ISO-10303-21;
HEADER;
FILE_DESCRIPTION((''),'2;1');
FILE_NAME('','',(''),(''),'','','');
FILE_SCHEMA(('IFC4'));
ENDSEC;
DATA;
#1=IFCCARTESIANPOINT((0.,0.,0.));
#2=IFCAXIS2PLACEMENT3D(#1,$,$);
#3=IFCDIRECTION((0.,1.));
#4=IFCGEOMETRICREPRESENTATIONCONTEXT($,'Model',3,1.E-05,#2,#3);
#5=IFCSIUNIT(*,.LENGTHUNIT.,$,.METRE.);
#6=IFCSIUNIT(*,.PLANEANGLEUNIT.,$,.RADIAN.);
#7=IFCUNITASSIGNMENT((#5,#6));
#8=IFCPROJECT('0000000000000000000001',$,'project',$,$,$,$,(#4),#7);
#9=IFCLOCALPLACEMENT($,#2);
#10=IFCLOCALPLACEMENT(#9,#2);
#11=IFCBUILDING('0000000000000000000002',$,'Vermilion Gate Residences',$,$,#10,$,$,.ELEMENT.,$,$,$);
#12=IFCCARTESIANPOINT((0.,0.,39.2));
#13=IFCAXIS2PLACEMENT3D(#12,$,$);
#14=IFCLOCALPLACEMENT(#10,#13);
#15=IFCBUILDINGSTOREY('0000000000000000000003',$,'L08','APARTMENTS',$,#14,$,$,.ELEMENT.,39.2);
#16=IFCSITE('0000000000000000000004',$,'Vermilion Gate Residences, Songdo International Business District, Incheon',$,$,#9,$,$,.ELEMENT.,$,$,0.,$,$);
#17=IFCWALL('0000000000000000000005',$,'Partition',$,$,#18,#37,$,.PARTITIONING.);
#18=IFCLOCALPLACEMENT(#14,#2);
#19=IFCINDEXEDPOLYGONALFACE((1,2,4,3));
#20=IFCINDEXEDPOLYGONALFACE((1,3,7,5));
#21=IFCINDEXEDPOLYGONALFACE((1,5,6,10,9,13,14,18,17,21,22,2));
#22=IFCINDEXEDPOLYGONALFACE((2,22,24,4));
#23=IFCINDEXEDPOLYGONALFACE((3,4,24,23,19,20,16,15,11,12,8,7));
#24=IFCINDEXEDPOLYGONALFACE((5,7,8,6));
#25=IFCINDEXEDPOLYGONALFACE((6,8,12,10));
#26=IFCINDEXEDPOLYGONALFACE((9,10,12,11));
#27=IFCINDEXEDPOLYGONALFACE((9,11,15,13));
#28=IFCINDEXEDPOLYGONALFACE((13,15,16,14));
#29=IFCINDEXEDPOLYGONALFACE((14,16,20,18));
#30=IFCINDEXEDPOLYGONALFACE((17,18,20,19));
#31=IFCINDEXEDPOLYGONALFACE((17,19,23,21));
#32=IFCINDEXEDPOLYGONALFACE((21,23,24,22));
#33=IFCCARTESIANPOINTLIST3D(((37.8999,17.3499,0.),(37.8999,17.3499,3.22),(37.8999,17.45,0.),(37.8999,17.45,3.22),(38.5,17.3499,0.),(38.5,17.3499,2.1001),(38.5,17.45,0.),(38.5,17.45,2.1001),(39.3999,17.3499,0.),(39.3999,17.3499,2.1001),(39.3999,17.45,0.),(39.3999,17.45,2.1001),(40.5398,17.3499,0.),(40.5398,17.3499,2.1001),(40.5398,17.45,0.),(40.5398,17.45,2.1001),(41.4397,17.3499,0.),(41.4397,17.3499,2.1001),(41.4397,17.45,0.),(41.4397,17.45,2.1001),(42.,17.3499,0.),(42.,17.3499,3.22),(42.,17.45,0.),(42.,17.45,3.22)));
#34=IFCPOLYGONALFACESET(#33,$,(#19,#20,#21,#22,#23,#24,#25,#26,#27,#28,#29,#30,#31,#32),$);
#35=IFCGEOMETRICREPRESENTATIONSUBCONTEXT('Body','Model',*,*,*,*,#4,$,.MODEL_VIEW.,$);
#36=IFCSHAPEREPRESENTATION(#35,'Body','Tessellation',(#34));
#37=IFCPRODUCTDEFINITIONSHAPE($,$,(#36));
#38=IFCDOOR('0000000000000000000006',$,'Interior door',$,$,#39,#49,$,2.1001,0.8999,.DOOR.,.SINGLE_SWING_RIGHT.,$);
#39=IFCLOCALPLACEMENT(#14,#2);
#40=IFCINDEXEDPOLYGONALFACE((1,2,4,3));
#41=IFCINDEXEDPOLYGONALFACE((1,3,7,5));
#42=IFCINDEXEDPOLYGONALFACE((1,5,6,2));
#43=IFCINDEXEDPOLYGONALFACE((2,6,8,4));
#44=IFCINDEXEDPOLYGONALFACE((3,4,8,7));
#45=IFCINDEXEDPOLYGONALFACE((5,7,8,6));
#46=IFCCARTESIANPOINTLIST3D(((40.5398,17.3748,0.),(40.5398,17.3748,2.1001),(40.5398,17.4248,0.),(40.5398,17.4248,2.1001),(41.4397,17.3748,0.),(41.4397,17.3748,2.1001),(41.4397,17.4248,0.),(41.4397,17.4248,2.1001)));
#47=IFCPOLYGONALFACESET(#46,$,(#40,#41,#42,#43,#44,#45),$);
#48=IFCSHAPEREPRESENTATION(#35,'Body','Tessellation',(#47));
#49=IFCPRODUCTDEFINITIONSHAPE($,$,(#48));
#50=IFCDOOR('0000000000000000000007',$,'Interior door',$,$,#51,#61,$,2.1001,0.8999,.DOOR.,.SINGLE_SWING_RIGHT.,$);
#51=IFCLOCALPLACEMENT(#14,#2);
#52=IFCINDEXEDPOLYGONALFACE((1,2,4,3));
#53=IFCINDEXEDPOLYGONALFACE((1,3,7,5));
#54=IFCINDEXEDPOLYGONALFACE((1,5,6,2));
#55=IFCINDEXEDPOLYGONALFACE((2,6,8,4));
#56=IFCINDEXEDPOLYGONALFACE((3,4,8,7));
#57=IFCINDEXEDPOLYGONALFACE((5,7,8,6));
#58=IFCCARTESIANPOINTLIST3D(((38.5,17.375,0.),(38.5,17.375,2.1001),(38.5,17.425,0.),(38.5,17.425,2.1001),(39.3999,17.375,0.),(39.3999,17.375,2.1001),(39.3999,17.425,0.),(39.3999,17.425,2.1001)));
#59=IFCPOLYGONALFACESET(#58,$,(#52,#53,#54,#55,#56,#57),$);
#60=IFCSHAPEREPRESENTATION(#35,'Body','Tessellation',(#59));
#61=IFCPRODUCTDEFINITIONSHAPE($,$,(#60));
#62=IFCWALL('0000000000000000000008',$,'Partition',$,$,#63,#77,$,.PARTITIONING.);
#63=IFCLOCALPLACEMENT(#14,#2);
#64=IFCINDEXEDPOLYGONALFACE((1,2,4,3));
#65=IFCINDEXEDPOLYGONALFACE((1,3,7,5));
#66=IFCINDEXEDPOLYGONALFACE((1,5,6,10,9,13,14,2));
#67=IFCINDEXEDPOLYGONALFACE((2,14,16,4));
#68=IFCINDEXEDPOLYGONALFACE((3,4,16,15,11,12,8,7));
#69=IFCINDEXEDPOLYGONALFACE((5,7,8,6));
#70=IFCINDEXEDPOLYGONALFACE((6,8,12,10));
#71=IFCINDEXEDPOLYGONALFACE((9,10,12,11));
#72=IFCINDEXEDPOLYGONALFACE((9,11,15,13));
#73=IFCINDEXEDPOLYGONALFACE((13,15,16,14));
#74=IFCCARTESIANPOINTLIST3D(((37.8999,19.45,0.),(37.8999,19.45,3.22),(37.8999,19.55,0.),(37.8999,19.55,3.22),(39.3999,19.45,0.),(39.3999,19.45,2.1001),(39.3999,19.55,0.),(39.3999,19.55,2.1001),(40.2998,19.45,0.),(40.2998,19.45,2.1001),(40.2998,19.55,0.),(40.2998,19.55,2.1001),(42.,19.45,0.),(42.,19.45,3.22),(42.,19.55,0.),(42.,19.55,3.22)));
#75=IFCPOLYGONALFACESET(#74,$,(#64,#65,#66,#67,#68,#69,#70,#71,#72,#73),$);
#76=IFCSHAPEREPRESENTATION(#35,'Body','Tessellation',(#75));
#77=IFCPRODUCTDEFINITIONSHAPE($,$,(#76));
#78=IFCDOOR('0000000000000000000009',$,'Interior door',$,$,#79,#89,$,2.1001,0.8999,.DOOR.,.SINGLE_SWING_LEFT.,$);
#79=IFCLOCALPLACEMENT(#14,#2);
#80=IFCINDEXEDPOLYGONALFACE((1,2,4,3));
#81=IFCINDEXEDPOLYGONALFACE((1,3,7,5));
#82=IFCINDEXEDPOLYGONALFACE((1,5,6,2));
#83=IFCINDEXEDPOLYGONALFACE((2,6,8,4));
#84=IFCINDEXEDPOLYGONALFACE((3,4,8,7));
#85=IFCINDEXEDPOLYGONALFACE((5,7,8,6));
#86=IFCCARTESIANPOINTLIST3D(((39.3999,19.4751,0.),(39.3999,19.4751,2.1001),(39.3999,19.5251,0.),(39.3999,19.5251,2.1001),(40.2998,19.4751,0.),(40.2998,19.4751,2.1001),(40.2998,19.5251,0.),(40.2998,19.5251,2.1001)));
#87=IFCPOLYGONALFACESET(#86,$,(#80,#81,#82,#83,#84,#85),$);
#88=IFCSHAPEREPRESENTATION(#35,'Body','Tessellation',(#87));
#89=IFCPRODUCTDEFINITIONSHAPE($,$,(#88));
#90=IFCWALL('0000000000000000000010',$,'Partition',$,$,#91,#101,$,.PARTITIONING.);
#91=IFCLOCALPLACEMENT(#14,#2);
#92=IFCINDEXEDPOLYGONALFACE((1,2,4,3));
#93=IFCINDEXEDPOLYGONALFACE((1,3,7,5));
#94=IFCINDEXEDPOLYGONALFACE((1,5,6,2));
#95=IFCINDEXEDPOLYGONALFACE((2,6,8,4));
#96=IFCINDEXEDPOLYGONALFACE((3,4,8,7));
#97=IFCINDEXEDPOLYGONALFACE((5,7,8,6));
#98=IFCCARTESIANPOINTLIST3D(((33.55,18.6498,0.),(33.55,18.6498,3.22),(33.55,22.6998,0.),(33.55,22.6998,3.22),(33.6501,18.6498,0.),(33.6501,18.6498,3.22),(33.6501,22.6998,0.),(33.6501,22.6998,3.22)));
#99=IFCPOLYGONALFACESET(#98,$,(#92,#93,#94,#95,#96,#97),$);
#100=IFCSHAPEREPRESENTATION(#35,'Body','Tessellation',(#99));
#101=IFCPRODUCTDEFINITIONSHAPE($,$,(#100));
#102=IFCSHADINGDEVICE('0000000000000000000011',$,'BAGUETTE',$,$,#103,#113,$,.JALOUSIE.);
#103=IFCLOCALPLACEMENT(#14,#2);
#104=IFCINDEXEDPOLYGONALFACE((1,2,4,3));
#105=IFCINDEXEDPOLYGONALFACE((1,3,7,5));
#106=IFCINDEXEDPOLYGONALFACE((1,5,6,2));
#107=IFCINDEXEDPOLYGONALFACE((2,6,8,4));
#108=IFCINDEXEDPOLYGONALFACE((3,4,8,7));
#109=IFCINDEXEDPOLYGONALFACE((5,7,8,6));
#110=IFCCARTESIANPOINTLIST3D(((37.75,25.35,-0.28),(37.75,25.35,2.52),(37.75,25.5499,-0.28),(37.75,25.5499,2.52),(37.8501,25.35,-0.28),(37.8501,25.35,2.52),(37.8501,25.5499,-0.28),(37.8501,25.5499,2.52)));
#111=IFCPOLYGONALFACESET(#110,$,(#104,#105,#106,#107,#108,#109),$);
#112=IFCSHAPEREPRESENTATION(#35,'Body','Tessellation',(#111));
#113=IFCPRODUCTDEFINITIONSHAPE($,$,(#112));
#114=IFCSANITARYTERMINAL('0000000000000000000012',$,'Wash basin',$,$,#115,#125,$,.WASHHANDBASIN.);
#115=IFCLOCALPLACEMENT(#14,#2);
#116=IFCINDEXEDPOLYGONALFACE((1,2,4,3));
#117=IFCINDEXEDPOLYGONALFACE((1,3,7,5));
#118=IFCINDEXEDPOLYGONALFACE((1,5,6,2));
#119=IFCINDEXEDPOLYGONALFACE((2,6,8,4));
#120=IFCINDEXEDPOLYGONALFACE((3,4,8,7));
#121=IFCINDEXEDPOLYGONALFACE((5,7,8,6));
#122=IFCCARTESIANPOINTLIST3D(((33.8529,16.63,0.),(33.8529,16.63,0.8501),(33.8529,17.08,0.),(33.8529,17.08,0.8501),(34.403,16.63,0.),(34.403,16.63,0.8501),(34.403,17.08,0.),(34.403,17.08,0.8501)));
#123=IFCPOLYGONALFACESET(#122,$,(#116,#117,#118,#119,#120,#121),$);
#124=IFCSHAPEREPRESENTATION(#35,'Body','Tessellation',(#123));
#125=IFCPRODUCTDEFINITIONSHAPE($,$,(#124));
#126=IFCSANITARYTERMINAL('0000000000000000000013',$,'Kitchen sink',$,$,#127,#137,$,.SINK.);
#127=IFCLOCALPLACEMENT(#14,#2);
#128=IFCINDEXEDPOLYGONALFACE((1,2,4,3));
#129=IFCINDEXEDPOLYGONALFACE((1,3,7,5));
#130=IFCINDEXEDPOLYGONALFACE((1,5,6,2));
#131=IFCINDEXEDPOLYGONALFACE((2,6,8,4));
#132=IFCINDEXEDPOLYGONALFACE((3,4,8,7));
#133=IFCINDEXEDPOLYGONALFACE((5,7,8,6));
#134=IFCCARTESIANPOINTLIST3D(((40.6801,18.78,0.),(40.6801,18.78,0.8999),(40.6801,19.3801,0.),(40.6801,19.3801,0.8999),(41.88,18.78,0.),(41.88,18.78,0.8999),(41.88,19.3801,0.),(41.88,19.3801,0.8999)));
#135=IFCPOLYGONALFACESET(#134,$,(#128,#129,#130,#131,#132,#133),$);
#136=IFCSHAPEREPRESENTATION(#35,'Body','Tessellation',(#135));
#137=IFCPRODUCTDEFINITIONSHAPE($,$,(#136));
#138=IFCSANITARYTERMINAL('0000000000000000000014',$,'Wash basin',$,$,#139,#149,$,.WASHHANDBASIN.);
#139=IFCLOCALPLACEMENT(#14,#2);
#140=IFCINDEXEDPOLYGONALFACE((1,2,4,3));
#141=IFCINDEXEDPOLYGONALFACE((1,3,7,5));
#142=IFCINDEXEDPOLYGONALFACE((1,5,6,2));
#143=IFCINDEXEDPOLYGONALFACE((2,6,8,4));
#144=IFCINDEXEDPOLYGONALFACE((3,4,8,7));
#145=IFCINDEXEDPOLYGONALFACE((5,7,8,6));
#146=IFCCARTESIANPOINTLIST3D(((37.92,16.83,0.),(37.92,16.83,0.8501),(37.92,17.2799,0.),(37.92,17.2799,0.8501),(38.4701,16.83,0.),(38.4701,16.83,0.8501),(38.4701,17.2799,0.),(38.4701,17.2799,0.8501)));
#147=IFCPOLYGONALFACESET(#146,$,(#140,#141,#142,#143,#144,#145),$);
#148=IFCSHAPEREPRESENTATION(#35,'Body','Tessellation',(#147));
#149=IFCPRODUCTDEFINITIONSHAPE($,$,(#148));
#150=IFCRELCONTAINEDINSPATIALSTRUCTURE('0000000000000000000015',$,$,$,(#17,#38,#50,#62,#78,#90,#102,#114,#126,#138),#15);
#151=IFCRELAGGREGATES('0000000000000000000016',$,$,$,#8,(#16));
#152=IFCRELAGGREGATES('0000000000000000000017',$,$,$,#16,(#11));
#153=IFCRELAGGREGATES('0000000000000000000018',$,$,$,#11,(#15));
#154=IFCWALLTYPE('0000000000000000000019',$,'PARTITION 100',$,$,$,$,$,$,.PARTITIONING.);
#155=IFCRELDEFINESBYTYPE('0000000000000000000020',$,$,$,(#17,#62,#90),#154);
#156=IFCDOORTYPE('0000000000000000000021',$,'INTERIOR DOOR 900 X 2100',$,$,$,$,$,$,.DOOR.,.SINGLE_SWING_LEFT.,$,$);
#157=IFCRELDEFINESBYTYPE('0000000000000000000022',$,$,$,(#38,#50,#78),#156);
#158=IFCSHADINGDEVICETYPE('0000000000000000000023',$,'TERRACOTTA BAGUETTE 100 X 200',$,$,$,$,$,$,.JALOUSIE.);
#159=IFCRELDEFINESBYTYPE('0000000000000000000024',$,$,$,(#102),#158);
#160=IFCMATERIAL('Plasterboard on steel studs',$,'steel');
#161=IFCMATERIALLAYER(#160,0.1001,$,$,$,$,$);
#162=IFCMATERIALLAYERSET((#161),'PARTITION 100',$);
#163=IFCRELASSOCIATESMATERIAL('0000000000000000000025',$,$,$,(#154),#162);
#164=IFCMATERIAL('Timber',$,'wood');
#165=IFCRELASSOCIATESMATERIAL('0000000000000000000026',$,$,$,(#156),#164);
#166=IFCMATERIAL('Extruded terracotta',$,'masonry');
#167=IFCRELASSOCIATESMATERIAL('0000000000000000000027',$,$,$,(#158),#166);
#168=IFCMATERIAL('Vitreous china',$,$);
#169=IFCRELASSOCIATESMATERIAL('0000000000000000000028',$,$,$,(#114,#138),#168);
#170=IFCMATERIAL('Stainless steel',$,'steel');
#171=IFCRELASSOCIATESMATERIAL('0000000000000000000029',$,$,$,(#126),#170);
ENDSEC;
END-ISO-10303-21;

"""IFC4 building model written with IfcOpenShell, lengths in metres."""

from ifc_helpers import new_model, si_unit, direction, frame, frame_2d, origin, origin_2d, place, context, subcontext, project, spatial, rectangle, extrude, material, layer, layer_set, material_profile, profile_set, type_object, element, fill, save


model = new_model("IFC4")

# Units and contexts
model_context = context("Model", 3, precision=1e-05, world=origin(), true_north=direction((0.0, 1.0)))
body_context = subcontext(model_context, "Body", "Model", "MODEL_VIEW")
ifc_project = project(units=[si_unit("LENGTHUNIT", "METRE"), si_unit("PLANEANGLEUNIT", "RADIAN")], contexts=[model_context])

# Site, building, storey
site_placement = place(None, origin())
site = spatial("IfcSite", under=ifc_project, at=site_placement, Name="Vermilion Gate Residences, Songdo International Business District, Incheon", CompositionType="ELEMENT", RefElevation=0.0)
building_placement = place(site_placement, origin())
building = spatial("IfcBuilding", under=site, at=building_placement, Name="Vermilion Gate Residences", CompositionType="ELEMENT")
storey_placement = place(building_placement, frame((0.0, 0.0, 39.2)))
storey = spatial("IfcBuildingStorey", under=building, at=storey_placement, Name="L08", Description="APARTMENTS", CompositionType="ELEMENT", Elevation=39.2)

# Wall, openings, doors
ifc_material_1 = material(Name="Plasterboard on steel studs", Category="steel")
ifc_layer_1 = layer(ifc_material_1, 0.1001)
ifc_layer_set_1 = layer_set([ifc_layer_1], Name="PARTITION 100")
wall_type_1 = type_object("IfcWallType", Name="PARTITION 100", PredefinedType="PARTITIONING", material=ifc_layer_set_1)
wall_1_placement = place(storey_placement, frame((37.8999, 17.3999, 0.0), z_axis=(0.0, 0.0, 1.0), x_axis=(1.0, 0.0, 0.0)))
wall_1 = element("IfcWall", 1, at=wall_1_placement, inside=storey, type_object=wall_type_1, Name="Partition", PredefinedType="PARTITIONING", context=body_context, shape_type="SweptSolid", body=[
    extrude(rectangle(XDim=4.1001, YDim=0.1001, at=frame_2d((2.05, 0.0))), origin(), (0.0, 0.0, 1.0), 3.22),
])
opening_1_placement = place(wall_1_placement, frame((2.6399, 0.0, 0.0)))
opening_1 = element("IfcOpeningElement", 2, at=opening_1_placement, cuts=wall_1, PredefinedType="OPENING", context=body_context, shape_type="SweptSolid", body=[
    extrude(rectangle(XDim=0.8999, YDim=2.1001, at=frame_2d((0.45, 1.05))), frame((0.0, 0.0601, 0.0), z_axis=(0.0, -1.0, 0.0), x_axis=(1.0, 0.0, 0.0)), (0.0, 0.0, 1.0), 0.1201),
])
opening_2_placement = place(wall_1_placement, frame((0.6001, 0.0, 0.0)))
opening_2 = element("IfcOpeningElement", 3, at=opening_2_placement, cuts=wall_1, PredefinedType="OPENING", context=body_context, shape_type="SweptSolid", body=[
    extrude(rectangle(XDim=0.8999, YDim=2.1001, at=frame_2d((0.45, 1.05))), frame((0.0, 0.0601, 0.0), z_axis=(0.0, -1.0, 0.0), x_axis=(1.0, 0.0, 0.0)), (0.0, 0.0, 1.0), 0.1201),
])
ifc_material_2 = material(Name="Timber", Category="wood")
door_type_1 = type_object("IfcDoorType", Name="INTERIOR DOOR 900 X 2100", OperationType="SINGLE_SWING_LEFT", PredefinedType="DOOR", material=ifc_material_2)
door_1_placement = place(opening_1_placement, origin())
door_1 = element("IfcDoor", 4, at=door_1_placement, inside=storey, type_object=door_type_1, Name="Interior door", OperationType="SINGLE_SWING_RIGHT", OverallHeight=2.1001, OverallWidth=0.8999, PredefinedType="DOOR", context=body_context, shape_type="SweptSolid", body=[
    extrude(rectangle(XDim=0.8999, YDim=2.1001, at=frame_2d((0.45, 1.05))), frame((0.0, 0.0249, 0.0), z_axis=(0.0, -1.0, 0.0), x_axis=(1.0, 0.0, 0.0)), (0.0, 0.0, 1.0), 0.05),
])
fill(opening_1, door_1)
door_2_placement = place(opening_2_placement, frame((0.8999, 0.0, 0.0), z_axis=(0.0, 0.0, 1.0), x_axis=(-1.0, 0.0, 0.0)))
door_2 = element("IfcDoor", 5, at=door_2_placement, inside=storey, type_object=door_type_1, Name="Interior door", OperationType="SINGLE_SWING_RIGHT", OverallHeight=2.1001, OverallWidth=0.8999, PredefinedType="DOOR", context=body_context, shape_type="SweptSolid", body=[
    extrude(rectangle(XDim=0.8999, YDim=2.1001, at=frame_2d((0.45, 1.05))), frame((0.0, 0.0249, 0.0), z_axis=(0.0, -1.0, 0.0), x_axis=(1.0, 0.0, 0.0)), (0.0, 0.0, 1.0), 0.05),
])
fill(opening_2, door_2)

# Wall, opening, door
wall_2_placement = place(storey_placement, frame((37.8999, 19.5, 0.0), z_axis=(0.0, 0.0, 1.0), x_axis=(1.0, 0.0, 0.0)))
wall_2 = element("IfcWall", 6, at=wall_2_placement, inside=storey, type_object=wall_type_1, Name="Partition", PredefinedType="PARTITIONING", context=body_context, shape_type="SweptSolid", body=[
    extrude(rectangle(XDim=4.1001, YDim=0.1001, at=frame_2d((2.05, 0.0))), origin(), (0.0, 0.0, 1.0), 3.22),
])
opening_3_placement = place(wall_2_placement, frame((1.5, 0.0, 0.0)))
opening_3 = element("IfcOpeningElement", 7, at=opening_3_placement, cuts=wall_2, PredefinedType="OPENING", context=body_context, shape_type="SweptSolid", body=[
    extrude(rectangle(XDim=0.8999, YDim=2.1001, at=frame_2d((0.45, 1.05))), frame((0.0, 0.0601, 0.0), z_axis=(0.0, -1.0, 0.0), x_axis=(1.0, 0.0, 0.0)), (0.0, 0.0, 1.0), 0.1201),
])
door_3_placement = place(opening_3_placement, frame((0.8999, 0.0, 0.0), z_axis=(0.0, 0.0, 1.0), x_axis=(-1.0, 0.0, 0.0)))
door_3 = element("IfcDoor", 8, at=door_3_placement, inside=storey, type_object=door_type_1, Name="Interior door", OperationType="SINGLE_SWING_LEFT", OverallHeight=2.1001, OverallWidth=0.8999, PredefinedType="DOOR", context=body_context, shape_type="SweptSolid", body=[
    extrude(rectangle(XDim=0.8999, YDim=2.1001, at=frame_2d((0.45, 1.05))), frame((0.0, 0.0249, 0.0), z_axis=(0.0, -1.0, 0.0), x_axis=(1.0, 0.0, 0.0)), (0.0, 0.0, 1.0), 0.05),
])
fill(opening_3, door_3)

# Wall
wall_3_placement = place(storey_placement, frame((33.6001, 18.6499, 0.0), z_axis=(0.0, 0.0, 1.0), x_axis=(0.0, 1.0, 0.0)))
element("IfcWall", 9, at=wall_3_placement, inside=storey, type_object=wall_type_1, Name="Partition", PredefinedType="PARTITIONING", context=body_context, shape_type="SweptSolid", body=[
    extrude(rectangle(XDim=4.05, YDim=0.1001, at=frame_2d((2.0249, 0.0))), origin(), (0.0, 0.0, 1.0), 3.22),
])

# Shading device
ifc_material_3 = material(Name="Extruded terracotta", Category="masonry")
ifc_material_profile_1 = material_profile(ifc_material_3, rectangle(XDim=0.2, YDim=0.1001, at=origin_2d()), Name="BAGUETTE 100 X 200")
ifc_profile_set_1 = profile_set([ifc_material_profile_1], Name="Extruded terracotta")
shading_device_type = type_object("IfcShadingDeviceType", Name="TERRACOTTA BAGUETTE 100 X 200", PredefinedType="JALOUSIE", material=ifc_profile_set_1)
shading_device_placement = place(storey_placement, frame((37.8, 25.45, -0.28), z_axis=(0.0, 0.0, 1.0), x_axis=(0.0, -1.0, 0.0)))
element("IfcShadingDevice", 10, at=shading_device_placement, inside=storey, type_object=shading_device_type, Name="BAGUETTE", PredefinedType="JALOUSIE", context=body_context, shape_type="SweptSolid", body=[
    extrude(rectangle(XDim=0.2, YDim=0.1001, at=origin_2d()), origin(), (0.0, 0.0, 1.0), 2.8),
])

# Sanitary terminals
ifc_material_4 = material(Name="Vitreous china")
sanitary_terminal_1_placement = place(storey_placement, frame((34.1279, 16.855, 0.0), z_axis=(0.0, 0.0, 1.0), x_axis=(1.0, 0.0, 0.0)))
element("IfcSanitaryTerminal", 11, at=sanitary_terminal_1_placement, inside=storey, material=ifc_material_4, Name="Wash basin", PredefinedType="WASHHANDBASIN", context=body_context, shape_type="SweptSolid", body=[
    extrude(rectangle(XDim=0.55, YDim=0.45, at=origin_2d()), origin(), (0.0, 0.0, 1.0), 0.8501),
])
ifc_material_5 = material(Name="Stainless steel", Category="steel")
sanitary_terminal_2_placement = place(storey_placement, frame((41.28, 19.0801, 0.0), z_axis=(0.0, 0.0, 1.0), x_axis=(1.0, 0.0, 0.0)))
element("IfcSanitaryTerminal", 12, at=sanitary_terminal_2_placement, inside=storey, material=ifc_material_5, Name="Kitchen sink", PredefinedType="SINK", context=body_context, shape_type="SweptSolid", body=[
    extrude(rectangle(XDim=1.2, YDim=0.6001, at=origin_2d()), origin(), (0.0, 0.0, 1.0), 0.8999),
])
sanitary_terminal_3_placement = place(storey_placement, frame((38.1951, 17.0549, 0.0), z_axis=(0.0, 0.0, 1.0), x_axis=(1.0, 0.0, 0.0)))
element("IfcSanitaryTerminal", 13, at=sanitary_terminal_3_placement, inside=storey, material=ifc_material_4, Name="Wash basin", PredefinedType="WASHHANDBASIN", context=body_context, shape_type="SweptSolid", body=[
    extrude(rectangle(XDim=0.55, YDim=0.45, at=origin_2d()), origin(), (0.0, 0.0, 1.0), 0.8501),
])

save(model, "model.ifc")
